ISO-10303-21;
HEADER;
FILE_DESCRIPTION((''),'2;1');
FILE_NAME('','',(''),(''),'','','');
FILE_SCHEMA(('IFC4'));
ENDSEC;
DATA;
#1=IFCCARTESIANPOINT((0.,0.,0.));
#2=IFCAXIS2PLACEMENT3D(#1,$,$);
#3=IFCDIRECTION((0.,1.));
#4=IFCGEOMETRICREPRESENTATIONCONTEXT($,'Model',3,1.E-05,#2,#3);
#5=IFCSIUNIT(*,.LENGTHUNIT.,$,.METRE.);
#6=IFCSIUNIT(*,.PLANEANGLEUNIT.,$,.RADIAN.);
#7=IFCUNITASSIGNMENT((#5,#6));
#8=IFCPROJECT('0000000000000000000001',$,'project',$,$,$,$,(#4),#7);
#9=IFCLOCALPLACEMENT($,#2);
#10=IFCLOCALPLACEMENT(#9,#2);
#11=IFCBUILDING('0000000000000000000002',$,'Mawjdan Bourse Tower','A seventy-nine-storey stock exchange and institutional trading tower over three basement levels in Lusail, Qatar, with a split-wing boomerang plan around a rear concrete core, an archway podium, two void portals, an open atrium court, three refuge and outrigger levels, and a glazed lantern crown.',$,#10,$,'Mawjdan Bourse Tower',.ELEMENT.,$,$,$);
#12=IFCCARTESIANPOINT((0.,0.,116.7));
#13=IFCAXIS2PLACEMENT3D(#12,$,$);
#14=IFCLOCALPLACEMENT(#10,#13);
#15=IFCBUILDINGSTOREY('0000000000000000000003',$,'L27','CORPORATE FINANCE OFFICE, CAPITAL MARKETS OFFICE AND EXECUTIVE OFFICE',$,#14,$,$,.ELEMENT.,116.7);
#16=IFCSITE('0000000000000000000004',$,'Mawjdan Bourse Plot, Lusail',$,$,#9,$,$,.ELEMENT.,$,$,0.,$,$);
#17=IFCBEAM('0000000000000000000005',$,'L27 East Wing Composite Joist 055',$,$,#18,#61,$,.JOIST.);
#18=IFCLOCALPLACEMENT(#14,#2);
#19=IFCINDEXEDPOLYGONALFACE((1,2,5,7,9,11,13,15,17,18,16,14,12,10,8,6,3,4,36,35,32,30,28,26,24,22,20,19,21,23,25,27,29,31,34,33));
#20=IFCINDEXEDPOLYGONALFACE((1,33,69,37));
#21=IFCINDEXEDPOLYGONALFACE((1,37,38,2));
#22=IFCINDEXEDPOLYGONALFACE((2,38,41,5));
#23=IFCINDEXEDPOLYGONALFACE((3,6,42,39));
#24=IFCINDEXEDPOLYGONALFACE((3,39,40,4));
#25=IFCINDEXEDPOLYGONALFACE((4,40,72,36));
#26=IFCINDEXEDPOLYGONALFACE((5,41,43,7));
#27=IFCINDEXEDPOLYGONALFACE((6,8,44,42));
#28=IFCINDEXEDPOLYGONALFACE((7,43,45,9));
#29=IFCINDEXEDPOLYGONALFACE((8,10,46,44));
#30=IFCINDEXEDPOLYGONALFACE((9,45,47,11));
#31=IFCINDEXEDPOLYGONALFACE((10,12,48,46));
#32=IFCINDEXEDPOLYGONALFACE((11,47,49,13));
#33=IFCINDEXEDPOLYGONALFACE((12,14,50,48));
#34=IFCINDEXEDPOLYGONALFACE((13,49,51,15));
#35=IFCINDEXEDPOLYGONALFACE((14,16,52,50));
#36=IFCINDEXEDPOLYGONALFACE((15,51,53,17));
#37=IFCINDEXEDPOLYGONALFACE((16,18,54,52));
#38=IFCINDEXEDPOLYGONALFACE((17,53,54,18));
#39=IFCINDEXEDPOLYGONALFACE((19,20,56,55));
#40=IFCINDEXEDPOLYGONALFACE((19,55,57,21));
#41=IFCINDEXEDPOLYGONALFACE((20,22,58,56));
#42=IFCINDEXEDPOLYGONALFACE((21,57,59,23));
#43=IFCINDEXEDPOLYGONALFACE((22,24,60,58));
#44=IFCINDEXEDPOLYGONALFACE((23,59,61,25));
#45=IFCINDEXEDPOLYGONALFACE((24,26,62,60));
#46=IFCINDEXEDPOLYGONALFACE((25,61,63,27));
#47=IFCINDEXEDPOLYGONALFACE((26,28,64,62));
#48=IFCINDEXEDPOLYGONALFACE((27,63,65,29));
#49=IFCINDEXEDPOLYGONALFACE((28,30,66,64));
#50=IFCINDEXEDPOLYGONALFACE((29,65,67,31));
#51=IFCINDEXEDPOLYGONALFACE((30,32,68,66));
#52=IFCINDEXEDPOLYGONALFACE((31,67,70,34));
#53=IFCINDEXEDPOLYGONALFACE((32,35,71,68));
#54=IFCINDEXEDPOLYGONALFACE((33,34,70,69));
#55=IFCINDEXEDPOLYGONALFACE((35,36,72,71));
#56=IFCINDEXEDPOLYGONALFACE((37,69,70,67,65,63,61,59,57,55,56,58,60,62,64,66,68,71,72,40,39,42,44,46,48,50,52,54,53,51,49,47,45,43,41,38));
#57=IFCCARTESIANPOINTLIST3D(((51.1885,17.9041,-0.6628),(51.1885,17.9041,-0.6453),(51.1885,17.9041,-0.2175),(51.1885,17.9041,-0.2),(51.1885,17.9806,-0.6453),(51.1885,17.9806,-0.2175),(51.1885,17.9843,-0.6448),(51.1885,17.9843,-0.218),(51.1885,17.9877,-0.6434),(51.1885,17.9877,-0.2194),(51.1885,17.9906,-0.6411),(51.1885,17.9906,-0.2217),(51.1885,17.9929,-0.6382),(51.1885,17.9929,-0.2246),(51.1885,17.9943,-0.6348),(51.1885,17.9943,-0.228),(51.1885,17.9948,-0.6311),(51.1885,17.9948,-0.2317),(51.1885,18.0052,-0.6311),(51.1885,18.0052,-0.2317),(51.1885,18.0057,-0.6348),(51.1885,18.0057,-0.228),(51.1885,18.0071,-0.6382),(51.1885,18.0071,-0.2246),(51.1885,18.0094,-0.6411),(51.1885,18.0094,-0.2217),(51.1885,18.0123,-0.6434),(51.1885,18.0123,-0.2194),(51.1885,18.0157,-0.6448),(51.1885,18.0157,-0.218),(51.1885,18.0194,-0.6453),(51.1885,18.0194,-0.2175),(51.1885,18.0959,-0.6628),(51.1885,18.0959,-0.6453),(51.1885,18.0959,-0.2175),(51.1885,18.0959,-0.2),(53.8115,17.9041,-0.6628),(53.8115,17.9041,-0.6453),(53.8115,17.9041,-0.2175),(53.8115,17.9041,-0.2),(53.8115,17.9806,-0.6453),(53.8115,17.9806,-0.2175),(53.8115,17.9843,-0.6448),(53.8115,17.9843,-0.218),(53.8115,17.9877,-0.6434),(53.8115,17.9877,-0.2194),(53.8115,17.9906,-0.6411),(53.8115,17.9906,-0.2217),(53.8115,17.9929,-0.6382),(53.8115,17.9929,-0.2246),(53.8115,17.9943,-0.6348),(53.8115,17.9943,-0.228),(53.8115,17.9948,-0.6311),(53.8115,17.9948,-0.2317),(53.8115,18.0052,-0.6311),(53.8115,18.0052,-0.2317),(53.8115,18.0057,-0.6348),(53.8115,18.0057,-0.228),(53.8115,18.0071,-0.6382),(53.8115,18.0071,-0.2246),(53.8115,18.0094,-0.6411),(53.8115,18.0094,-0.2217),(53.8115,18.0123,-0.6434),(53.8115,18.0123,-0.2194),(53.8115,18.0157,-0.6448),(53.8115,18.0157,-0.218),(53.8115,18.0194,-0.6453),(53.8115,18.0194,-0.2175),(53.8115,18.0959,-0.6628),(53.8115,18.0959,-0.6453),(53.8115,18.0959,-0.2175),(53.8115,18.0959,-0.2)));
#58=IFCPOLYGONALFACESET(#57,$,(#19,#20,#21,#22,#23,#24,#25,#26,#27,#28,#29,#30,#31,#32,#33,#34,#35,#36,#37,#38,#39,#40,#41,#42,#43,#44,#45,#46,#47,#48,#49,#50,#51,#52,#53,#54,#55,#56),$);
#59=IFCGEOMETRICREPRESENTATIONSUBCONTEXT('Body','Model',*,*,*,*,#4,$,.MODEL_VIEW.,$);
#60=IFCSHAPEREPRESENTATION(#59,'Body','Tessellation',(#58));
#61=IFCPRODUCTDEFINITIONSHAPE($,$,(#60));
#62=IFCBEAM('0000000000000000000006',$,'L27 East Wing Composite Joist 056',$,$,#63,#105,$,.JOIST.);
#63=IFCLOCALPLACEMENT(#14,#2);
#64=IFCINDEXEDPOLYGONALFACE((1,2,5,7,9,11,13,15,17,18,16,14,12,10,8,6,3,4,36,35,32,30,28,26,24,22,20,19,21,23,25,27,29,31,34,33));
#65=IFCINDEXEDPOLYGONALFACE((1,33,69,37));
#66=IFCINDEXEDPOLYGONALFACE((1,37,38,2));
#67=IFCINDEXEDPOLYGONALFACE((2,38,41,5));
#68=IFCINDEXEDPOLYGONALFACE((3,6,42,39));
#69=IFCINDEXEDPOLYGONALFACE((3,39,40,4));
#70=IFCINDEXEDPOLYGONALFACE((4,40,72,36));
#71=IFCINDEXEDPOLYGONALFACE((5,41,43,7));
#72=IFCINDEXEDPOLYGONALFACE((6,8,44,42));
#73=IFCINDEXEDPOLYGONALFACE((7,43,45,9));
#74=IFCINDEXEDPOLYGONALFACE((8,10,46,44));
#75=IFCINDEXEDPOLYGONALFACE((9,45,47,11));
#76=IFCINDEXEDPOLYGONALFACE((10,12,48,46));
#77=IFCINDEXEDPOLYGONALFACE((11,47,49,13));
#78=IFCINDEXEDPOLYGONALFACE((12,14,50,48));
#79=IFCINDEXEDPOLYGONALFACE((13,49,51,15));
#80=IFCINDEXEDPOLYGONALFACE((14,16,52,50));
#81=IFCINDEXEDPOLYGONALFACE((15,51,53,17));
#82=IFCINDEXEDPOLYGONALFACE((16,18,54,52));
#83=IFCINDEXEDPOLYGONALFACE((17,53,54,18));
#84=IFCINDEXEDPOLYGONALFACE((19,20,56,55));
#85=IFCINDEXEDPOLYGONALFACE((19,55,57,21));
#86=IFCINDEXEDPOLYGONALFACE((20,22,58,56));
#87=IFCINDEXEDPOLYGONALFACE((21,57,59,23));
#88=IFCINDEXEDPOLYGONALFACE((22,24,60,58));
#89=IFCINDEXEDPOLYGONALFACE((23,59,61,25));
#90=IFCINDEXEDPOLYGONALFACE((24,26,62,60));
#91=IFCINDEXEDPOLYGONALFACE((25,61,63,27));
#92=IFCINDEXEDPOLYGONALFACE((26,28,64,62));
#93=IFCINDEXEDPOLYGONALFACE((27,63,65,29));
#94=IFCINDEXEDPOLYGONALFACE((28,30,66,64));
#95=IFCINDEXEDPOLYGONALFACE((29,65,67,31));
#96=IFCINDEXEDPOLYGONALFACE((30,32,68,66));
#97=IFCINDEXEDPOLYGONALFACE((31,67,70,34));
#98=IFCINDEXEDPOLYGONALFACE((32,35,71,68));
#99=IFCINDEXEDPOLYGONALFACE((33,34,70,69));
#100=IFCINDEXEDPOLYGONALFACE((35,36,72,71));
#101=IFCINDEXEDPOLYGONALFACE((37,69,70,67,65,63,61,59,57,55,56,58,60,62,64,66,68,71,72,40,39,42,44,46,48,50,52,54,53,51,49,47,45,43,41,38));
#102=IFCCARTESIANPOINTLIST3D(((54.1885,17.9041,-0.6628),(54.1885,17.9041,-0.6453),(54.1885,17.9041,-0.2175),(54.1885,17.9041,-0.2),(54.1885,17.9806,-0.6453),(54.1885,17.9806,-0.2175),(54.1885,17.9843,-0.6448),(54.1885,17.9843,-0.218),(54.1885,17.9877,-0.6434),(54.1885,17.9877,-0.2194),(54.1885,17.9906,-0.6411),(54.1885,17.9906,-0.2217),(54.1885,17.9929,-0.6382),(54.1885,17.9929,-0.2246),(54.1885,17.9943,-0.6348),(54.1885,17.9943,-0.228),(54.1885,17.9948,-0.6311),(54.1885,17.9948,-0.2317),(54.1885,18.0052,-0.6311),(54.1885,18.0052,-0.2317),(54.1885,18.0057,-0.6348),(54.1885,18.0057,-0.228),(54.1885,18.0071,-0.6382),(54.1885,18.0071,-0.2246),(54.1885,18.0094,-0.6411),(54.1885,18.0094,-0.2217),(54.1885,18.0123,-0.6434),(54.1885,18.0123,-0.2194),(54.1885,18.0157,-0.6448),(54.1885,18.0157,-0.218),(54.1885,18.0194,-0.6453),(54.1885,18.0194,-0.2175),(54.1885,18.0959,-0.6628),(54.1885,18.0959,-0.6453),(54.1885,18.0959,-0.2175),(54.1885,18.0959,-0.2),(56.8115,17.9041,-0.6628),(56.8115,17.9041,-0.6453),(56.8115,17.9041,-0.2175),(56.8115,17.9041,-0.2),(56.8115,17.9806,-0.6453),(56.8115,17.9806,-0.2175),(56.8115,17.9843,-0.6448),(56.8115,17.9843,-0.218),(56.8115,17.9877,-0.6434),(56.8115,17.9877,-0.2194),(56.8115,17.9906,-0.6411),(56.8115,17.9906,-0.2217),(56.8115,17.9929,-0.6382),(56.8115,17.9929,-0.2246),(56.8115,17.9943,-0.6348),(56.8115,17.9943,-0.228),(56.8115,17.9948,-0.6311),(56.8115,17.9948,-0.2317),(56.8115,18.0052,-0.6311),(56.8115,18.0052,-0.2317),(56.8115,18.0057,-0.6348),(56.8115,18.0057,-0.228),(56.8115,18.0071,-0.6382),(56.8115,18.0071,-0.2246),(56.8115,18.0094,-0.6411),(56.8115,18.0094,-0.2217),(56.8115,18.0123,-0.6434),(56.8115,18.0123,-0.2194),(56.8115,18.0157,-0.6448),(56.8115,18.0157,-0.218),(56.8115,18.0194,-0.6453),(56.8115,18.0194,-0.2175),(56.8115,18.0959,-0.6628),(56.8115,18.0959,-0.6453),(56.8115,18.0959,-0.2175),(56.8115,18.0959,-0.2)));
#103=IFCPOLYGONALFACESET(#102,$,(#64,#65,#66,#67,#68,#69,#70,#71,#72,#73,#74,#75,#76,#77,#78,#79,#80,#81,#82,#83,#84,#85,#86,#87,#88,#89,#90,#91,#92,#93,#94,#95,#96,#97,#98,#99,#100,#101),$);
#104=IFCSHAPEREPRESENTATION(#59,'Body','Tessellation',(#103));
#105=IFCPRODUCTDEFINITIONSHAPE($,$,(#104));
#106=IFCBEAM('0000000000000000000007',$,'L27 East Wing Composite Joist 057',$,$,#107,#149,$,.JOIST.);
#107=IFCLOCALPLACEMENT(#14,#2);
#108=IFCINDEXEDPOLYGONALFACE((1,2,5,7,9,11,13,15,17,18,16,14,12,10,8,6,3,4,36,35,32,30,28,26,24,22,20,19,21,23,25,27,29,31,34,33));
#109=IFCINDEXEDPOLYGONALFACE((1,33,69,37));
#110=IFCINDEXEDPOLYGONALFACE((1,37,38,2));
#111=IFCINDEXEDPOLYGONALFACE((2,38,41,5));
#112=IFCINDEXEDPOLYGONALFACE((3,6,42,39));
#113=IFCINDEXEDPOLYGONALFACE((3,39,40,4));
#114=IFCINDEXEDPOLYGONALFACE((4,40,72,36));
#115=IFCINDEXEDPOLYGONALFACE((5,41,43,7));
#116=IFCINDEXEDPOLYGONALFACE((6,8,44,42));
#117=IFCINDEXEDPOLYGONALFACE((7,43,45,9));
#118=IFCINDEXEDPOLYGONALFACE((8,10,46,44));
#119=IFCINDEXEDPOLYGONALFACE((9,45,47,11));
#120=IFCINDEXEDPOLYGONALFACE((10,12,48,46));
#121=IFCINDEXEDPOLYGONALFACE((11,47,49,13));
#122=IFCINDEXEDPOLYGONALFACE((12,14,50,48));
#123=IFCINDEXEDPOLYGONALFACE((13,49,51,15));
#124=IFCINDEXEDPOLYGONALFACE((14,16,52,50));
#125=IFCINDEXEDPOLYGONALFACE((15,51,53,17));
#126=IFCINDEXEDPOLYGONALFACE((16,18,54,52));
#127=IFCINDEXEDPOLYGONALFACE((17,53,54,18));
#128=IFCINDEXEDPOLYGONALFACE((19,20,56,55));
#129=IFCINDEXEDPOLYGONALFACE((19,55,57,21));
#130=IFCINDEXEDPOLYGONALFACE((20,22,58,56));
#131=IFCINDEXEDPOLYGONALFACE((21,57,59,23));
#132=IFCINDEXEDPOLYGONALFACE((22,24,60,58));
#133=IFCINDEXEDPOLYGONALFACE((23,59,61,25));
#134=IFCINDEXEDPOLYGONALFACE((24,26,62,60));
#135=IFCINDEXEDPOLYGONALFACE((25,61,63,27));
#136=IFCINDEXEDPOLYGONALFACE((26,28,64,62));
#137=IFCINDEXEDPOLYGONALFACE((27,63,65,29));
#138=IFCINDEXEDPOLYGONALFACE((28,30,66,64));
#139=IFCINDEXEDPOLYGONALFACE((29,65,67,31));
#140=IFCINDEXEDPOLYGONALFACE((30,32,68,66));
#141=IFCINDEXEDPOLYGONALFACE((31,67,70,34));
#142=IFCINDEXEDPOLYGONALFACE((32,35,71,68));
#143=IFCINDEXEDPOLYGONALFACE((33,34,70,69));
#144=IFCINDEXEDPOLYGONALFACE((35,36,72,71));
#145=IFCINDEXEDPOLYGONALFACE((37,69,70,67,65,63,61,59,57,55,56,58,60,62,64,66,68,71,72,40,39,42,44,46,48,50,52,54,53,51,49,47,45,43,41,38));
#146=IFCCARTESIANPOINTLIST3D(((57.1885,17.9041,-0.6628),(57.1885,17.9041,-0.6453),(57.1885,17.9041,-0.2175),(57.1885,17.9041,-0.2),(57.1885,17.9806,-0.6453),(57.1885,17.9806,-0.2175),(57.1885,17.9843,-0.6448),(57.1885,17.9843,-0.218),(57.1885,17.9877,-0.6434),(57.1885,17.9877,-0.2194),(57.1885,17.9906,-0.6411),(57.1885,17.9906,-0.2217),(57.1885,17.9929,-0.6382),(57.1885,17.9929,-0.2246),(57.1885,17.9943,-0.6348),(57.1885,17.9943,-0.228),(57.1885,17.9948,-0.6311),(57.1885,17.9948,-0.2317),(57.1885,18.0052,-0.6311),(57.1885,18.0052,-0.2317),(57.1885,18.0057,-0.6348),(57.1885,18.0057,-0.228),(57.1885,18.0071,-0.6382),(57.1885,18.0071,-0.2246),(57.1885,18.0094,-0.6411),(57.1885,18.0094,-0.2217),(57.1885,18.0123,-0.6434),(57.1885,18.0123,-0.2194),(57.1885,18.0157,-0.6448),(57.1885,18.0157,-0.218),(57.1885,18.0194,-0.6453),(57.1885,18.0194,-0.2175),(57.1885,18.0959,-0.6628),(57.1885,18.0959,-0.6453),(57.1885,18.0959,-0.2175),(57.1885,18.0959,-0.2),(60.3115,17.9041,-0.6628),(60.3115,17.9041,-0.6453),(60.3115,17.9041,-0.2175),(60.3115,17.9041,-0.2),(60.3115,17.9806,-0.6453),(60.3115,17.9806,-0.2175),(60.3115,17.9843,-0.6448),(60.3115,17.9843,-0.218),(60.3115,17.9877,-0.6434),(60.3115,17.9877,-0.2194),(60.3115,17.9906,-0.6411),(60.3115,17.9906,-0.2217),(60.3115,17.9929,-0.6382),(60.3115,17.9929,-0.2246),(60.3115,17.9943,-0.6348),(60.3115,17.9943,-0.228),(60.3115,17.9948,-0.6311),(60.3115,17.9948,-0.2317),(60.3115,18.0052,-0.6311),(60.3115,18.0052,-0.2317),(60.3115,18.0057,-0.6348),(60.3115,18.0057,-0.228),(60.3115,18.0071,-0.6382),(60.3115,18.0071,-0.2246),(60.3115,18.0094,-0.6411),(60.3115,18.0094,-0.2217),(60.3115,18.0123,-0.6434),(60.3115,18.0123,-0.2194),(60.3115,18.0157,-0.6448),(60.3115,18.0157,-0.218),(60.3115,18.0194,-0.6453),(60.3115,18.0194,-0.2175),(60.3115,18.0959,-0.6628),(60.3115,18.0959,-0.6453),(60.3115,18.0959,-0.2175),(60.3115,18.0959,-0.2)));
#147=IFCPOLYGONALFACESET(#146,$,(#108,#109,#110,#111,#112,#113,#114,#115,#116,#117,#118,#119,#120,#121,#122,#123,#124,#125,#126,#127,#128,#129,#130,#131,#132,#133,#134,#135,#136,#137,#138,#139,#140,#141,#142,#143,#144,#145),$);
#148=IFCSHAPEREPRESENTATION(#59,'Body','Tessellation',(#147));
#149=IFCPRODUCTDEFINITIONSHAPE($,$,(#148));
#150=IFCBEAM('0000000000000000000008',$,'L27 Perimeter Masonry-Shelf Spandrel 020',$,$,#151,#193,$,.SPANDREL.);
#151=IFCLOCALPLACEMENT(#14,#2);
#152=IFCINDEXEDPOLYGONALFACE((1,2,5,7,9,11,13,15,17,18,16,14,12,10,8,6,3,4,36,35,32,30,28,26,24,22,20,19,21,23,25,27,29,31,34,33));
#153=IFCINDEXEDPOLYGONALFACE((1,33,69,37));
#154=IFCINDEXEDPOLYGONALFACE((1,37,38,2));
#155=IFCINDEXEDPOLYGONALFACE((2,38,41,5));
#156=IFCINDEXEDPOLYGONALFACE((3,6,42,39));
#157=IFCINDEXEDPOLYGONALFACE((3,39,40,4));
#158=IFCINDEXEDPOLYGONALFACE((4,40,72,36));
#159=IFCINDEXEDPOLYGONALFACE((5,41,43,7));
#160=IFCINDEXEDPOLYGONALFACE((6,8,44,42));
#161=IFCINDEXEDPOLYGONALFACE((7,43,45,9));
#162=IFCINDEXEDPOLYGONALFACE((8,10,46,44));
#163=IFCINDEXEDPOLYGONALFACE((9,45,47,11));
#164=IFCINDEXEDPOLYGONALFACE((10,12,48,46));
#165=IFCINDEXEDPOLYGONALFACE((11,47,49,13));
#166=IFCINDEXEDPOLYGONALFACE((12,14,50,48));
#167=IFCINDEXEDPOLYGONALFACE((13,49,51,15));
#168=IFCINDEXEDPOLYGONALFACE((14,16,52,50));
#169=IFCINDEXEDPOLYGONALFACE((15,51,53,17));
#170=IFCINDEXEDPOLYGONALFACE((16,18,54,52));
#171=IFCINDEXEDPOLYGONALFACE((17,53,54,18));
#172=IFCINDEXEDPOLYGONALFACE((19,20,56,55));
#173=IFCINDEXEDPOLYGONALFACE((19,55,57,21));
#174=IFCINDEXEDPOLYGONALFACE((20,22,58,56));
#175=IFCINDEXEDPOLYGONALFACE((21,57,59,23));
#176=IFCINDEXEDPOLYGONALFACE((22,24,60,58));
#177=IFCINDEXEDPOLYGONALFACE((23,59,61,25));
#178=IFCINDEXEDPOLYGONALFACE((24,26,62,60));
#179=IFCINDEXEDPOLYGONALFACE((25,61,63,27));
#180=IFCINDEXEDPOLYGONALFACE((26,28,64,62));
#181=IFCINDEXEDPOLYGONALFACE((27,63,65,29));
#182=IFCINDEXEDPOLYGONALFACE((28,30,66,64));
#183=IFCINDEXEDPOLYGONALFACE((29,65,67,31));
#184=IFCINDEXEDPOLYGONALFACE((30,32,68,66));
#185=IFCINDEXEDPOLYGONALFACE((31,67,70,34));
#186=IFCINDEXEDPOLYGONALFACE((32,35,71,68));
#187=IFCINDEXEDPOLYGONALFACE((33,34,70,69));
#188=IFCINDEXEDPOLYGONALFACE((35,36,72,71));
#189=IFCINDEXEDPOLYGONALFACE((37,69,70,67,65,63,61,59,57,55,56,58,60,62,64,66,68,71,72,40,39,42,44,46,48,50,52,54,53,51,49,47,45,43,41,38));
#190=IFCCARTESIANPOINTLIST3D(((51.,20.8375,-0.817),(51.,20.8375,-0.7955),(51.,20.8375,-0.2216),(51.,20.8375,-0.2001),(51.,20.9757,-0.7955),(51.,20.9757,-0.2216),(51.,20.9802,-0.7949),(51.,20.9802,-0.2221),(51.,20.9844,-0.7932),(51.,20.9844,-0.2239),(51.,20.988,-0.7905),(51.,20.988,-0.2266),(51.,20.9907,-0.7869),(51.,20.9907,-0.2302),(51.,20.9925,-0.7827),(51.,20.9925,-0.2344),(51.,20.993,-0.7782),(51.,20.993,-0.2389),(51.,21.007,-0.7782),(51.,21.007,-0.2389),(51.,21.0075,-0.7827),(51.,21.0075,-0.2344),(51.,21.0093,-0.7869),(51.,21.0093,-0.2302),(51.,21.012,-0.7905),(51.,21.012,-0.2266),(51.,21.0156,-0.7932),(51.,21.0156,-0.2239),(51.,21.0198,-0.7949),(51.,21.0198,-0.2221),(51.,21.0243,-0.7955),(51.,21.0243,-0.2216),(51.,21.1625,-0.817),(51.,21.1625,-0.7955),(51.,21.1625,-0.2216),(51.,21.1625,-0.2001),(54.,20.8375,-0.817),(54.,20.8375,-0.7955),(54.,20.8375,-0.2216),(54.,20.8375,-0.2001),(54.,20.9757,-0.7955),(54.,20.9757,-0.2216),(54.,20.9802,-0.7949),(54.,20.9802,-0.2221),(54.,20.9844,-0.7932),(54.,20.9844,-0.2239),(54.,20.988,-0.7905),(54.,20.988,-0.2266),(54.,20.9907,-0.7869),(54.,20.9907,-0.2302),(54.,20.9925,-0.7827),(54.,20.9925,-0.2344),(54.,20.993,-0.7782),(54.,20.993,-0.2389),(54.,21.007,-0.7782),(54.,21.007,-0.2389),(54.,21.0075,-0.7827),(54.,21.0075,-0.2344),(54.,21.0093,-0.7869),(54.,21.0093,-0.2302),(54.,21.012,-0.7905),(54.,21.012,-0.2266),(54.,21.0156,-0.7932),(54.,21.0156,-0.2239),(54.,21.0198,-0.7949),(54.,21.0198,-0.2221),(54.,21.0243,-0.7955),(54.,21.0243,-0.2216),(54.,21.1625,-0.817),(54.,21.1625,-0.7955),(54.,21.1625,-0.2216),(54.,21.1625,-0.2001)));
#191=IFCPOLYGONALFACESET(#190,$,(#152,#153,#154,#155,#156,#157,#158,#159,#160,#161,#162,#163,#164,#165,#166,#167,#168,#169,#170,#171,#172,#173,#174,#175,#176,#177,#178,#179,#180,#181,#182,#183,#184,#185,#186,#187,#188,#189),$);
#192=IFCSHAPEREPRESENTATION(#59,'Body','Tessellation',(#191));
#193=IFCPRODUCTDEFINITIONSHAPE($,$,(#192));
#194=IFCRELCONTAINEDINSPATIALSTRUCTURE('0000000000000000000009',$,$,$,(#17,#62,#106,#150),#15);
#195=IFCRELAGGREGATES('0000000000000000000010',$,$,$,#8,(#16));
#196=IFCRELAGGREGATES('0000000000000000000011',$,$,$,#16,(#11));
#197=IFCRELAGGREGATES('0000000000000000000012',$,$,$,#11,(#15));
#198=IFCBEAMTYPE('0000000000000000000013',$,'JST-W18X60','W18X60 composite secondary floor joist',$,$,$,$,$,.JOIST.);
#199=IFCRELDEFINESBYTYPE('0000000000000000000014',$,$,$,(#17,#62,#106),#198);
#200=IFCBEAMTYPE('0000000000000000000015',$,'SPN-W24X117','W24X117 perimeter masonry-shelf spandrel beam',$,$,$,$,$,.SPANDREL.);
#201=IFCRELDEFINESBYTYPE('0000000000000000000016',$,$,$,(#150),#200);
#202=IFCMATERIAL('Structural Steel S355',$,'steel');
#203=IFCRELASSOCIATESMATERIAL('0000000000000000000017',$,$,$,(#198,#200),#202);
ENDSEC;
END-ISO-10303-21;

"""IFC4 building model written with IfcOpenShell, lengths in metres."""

from ifc_helpers import new_model, si_unit, direction, frame, origin, origin_2d, place, context, subcontext, project, spatial, i_section, extrude, material, material_profile, profile_set, type_object, element, save


model = new_model("IFC4")

# Units and contexts
model_context = context("Model", 3, precision=1e-05, world=origin(), true_north=direction((0.0, 1.0)))
body_context = subcontext(model_context, "Body", "Model", "MODEL_VIEW")
ifc_project = project(units=[si_unit("LENGTHUNIT", "METRE"), si_unit("PLANEANGLEUNIT", "RADIAN")], contexts=[model_context])

# Site, building, storey
site_placement = place(None, origin())
site = spatial("IfcSite", under=ifc_project, at=site_placement, Name="Mawjdan Bourse Plot, Lusail", CompositionType="ELEMENT", RefElevation=0.0)
building_placement = place(site_placement, origin())
building = spatial("IfcBuilding", under=site, at=building_placement, Name="Mawjdan Bourse Tower", Description="A seventy-nine-storey stock exchange and institutional trading tower over three basement levels in Lusail, Qatar, with a split-wing boomerang plan around a rear concrete core, an archway podium, two void portals, an open atrium court, three refuge and outrigger levels, and a glazed lantern crown.", LongName="Mawjdan Bourse Tower", CompositionType="ELEMENT")
storey_placement = place(building_placement, frame((0.0, 0.0, 116.7)))
storey = spatial("IfcBuildingStorey", under=building, at=storey_placement, Name="L27", Description="CORPORATE FINANCE OFFICE, CAPITAL MARKETS OFFICE AND EXECUTIVE OFFICE", CompositionType="ELEMENT", Elevation=116.7)

# Beams
ifc_material_1 = material(Name="Structural Steel S355", Category="steel")
ifc_material_profile_1 = material_profile(ifc_material_1, i_section(OverallWidth=0.1919, OverallDepth=0.4629, WebThickness=0.0105, FlangeThickness=0.0176, FilletRadius=0.0142, at=origin_2d()), Name="W18X60")
ifc_profile_set_1 = profile_set([ifc_material_profile_1], Name="Structural Steel S355")
beam_type_1 = type_object("IfcBeamType", Name="JST-W18X60", Description="W18X60 composite secondary floor joist", PredefinedType="JOIST", material=ifc_profile_set_1)
for number, where, z_axis, x_axis, name in (
    (1, (51.1885, 18.0, -0.4314), (1.0, 0.0, 0.0), (0.0, 1.0, 0.0), "L27 East Wing Composite Joist 055"),
    (2, (54.1885, 18.0, -0.4314), (1.0, 0.0, 0.0), (0.0, 1.0, 0.0), "L27 East Wing Composite Joist 056"),
):
    element("IfcBeam", number, at=place(storey_placement, frame(where, z_axis=z_axis, x_axis=x_axis)), inside=storey, type_object=beam_type_1, Name=name, PredefinedType="JOIST", context=body_context, shape_type="SweptSolid", body=[
        extrude(i_section(OverallWidth=0.1919, OverallDepth=0.4629, WebThickness=0.0105, FlangeThickness=0.0176, FilletRadius=0.0142, at=origin_2d()), origin(), (0.0, 0.0, 1.0), 2.623),
    ])
beam_1_placement = place(storey_placement, frame((57.1885, 18.0, -0.4314), z_axis=(1.0, 0.0, 0.0), x_axis=(0.0, 1.0, 0.0)))
element("IfcBeam", 3, at=beam_1_placement, inside=storey, type_object=beam_type_1, Name="L27 East Wing Composite Joist 057", PredefinedType="JOIST", context=body_context, shape_type="SweptSolid", body=[
    extrude(i_section(OverallWidth=0.1919, OverallDepth=0.4629, WebThickness=0.0105, FlangeThickness=0.0176, FilletRadius=0.0142, at=origin_2d()), origin(), (0.0, 0.0, 1.0), 3.123),
])
ifc_material_profile_2 = material_profile(ifc_material_1, i_section(OverallWidth=0.325, OverallDepth=0.6169, WebThickness=0.0139, FlangeThickness=0.0215, FilletRadius=0.0173, at=origin_2d()), Name="W24X117")
ifc_profile_set_2 = profile_set([ifc_material_profile_2], Name="Structural Steel S355")
beam_type_2 = type_object("IfcBeamType", Name="SPN-W24X117", Description="W24X117 perimeter masonry-shelf spandrel beam", PredefinedType="SPANDREL", material=ifc_profile_set_2)
for number, where, z_axis, x_axis, name in (
    (4, (51.0, 21.0, -0.5085), (1.0, 0.0, 0.0), (0.0, 1.0, 0.0), "L27 Perimeter Masonry-Shelf Spandrel 020"),
):
    element("IfcBeam", number, at=place(storey_placement, frame(where, z_axis=z_axis, x_axis=x_axis)), inside=storey, type_object=beam_type_2, Name=name, PredefinedType="SPANDREL", context=body_context, shape_type="SweptSolid", body=[
        extrude(i_section(OverallWidth=0.325, OverallDepth=0.6169, WebThickness=0.0139, FlangeThickness=0.0215, FilletRadius=0.0173, at=origin_2d()), origin(), (0.0, 0.0, 1.0), 3.0),
    ])

save(model, "model.ifc")
